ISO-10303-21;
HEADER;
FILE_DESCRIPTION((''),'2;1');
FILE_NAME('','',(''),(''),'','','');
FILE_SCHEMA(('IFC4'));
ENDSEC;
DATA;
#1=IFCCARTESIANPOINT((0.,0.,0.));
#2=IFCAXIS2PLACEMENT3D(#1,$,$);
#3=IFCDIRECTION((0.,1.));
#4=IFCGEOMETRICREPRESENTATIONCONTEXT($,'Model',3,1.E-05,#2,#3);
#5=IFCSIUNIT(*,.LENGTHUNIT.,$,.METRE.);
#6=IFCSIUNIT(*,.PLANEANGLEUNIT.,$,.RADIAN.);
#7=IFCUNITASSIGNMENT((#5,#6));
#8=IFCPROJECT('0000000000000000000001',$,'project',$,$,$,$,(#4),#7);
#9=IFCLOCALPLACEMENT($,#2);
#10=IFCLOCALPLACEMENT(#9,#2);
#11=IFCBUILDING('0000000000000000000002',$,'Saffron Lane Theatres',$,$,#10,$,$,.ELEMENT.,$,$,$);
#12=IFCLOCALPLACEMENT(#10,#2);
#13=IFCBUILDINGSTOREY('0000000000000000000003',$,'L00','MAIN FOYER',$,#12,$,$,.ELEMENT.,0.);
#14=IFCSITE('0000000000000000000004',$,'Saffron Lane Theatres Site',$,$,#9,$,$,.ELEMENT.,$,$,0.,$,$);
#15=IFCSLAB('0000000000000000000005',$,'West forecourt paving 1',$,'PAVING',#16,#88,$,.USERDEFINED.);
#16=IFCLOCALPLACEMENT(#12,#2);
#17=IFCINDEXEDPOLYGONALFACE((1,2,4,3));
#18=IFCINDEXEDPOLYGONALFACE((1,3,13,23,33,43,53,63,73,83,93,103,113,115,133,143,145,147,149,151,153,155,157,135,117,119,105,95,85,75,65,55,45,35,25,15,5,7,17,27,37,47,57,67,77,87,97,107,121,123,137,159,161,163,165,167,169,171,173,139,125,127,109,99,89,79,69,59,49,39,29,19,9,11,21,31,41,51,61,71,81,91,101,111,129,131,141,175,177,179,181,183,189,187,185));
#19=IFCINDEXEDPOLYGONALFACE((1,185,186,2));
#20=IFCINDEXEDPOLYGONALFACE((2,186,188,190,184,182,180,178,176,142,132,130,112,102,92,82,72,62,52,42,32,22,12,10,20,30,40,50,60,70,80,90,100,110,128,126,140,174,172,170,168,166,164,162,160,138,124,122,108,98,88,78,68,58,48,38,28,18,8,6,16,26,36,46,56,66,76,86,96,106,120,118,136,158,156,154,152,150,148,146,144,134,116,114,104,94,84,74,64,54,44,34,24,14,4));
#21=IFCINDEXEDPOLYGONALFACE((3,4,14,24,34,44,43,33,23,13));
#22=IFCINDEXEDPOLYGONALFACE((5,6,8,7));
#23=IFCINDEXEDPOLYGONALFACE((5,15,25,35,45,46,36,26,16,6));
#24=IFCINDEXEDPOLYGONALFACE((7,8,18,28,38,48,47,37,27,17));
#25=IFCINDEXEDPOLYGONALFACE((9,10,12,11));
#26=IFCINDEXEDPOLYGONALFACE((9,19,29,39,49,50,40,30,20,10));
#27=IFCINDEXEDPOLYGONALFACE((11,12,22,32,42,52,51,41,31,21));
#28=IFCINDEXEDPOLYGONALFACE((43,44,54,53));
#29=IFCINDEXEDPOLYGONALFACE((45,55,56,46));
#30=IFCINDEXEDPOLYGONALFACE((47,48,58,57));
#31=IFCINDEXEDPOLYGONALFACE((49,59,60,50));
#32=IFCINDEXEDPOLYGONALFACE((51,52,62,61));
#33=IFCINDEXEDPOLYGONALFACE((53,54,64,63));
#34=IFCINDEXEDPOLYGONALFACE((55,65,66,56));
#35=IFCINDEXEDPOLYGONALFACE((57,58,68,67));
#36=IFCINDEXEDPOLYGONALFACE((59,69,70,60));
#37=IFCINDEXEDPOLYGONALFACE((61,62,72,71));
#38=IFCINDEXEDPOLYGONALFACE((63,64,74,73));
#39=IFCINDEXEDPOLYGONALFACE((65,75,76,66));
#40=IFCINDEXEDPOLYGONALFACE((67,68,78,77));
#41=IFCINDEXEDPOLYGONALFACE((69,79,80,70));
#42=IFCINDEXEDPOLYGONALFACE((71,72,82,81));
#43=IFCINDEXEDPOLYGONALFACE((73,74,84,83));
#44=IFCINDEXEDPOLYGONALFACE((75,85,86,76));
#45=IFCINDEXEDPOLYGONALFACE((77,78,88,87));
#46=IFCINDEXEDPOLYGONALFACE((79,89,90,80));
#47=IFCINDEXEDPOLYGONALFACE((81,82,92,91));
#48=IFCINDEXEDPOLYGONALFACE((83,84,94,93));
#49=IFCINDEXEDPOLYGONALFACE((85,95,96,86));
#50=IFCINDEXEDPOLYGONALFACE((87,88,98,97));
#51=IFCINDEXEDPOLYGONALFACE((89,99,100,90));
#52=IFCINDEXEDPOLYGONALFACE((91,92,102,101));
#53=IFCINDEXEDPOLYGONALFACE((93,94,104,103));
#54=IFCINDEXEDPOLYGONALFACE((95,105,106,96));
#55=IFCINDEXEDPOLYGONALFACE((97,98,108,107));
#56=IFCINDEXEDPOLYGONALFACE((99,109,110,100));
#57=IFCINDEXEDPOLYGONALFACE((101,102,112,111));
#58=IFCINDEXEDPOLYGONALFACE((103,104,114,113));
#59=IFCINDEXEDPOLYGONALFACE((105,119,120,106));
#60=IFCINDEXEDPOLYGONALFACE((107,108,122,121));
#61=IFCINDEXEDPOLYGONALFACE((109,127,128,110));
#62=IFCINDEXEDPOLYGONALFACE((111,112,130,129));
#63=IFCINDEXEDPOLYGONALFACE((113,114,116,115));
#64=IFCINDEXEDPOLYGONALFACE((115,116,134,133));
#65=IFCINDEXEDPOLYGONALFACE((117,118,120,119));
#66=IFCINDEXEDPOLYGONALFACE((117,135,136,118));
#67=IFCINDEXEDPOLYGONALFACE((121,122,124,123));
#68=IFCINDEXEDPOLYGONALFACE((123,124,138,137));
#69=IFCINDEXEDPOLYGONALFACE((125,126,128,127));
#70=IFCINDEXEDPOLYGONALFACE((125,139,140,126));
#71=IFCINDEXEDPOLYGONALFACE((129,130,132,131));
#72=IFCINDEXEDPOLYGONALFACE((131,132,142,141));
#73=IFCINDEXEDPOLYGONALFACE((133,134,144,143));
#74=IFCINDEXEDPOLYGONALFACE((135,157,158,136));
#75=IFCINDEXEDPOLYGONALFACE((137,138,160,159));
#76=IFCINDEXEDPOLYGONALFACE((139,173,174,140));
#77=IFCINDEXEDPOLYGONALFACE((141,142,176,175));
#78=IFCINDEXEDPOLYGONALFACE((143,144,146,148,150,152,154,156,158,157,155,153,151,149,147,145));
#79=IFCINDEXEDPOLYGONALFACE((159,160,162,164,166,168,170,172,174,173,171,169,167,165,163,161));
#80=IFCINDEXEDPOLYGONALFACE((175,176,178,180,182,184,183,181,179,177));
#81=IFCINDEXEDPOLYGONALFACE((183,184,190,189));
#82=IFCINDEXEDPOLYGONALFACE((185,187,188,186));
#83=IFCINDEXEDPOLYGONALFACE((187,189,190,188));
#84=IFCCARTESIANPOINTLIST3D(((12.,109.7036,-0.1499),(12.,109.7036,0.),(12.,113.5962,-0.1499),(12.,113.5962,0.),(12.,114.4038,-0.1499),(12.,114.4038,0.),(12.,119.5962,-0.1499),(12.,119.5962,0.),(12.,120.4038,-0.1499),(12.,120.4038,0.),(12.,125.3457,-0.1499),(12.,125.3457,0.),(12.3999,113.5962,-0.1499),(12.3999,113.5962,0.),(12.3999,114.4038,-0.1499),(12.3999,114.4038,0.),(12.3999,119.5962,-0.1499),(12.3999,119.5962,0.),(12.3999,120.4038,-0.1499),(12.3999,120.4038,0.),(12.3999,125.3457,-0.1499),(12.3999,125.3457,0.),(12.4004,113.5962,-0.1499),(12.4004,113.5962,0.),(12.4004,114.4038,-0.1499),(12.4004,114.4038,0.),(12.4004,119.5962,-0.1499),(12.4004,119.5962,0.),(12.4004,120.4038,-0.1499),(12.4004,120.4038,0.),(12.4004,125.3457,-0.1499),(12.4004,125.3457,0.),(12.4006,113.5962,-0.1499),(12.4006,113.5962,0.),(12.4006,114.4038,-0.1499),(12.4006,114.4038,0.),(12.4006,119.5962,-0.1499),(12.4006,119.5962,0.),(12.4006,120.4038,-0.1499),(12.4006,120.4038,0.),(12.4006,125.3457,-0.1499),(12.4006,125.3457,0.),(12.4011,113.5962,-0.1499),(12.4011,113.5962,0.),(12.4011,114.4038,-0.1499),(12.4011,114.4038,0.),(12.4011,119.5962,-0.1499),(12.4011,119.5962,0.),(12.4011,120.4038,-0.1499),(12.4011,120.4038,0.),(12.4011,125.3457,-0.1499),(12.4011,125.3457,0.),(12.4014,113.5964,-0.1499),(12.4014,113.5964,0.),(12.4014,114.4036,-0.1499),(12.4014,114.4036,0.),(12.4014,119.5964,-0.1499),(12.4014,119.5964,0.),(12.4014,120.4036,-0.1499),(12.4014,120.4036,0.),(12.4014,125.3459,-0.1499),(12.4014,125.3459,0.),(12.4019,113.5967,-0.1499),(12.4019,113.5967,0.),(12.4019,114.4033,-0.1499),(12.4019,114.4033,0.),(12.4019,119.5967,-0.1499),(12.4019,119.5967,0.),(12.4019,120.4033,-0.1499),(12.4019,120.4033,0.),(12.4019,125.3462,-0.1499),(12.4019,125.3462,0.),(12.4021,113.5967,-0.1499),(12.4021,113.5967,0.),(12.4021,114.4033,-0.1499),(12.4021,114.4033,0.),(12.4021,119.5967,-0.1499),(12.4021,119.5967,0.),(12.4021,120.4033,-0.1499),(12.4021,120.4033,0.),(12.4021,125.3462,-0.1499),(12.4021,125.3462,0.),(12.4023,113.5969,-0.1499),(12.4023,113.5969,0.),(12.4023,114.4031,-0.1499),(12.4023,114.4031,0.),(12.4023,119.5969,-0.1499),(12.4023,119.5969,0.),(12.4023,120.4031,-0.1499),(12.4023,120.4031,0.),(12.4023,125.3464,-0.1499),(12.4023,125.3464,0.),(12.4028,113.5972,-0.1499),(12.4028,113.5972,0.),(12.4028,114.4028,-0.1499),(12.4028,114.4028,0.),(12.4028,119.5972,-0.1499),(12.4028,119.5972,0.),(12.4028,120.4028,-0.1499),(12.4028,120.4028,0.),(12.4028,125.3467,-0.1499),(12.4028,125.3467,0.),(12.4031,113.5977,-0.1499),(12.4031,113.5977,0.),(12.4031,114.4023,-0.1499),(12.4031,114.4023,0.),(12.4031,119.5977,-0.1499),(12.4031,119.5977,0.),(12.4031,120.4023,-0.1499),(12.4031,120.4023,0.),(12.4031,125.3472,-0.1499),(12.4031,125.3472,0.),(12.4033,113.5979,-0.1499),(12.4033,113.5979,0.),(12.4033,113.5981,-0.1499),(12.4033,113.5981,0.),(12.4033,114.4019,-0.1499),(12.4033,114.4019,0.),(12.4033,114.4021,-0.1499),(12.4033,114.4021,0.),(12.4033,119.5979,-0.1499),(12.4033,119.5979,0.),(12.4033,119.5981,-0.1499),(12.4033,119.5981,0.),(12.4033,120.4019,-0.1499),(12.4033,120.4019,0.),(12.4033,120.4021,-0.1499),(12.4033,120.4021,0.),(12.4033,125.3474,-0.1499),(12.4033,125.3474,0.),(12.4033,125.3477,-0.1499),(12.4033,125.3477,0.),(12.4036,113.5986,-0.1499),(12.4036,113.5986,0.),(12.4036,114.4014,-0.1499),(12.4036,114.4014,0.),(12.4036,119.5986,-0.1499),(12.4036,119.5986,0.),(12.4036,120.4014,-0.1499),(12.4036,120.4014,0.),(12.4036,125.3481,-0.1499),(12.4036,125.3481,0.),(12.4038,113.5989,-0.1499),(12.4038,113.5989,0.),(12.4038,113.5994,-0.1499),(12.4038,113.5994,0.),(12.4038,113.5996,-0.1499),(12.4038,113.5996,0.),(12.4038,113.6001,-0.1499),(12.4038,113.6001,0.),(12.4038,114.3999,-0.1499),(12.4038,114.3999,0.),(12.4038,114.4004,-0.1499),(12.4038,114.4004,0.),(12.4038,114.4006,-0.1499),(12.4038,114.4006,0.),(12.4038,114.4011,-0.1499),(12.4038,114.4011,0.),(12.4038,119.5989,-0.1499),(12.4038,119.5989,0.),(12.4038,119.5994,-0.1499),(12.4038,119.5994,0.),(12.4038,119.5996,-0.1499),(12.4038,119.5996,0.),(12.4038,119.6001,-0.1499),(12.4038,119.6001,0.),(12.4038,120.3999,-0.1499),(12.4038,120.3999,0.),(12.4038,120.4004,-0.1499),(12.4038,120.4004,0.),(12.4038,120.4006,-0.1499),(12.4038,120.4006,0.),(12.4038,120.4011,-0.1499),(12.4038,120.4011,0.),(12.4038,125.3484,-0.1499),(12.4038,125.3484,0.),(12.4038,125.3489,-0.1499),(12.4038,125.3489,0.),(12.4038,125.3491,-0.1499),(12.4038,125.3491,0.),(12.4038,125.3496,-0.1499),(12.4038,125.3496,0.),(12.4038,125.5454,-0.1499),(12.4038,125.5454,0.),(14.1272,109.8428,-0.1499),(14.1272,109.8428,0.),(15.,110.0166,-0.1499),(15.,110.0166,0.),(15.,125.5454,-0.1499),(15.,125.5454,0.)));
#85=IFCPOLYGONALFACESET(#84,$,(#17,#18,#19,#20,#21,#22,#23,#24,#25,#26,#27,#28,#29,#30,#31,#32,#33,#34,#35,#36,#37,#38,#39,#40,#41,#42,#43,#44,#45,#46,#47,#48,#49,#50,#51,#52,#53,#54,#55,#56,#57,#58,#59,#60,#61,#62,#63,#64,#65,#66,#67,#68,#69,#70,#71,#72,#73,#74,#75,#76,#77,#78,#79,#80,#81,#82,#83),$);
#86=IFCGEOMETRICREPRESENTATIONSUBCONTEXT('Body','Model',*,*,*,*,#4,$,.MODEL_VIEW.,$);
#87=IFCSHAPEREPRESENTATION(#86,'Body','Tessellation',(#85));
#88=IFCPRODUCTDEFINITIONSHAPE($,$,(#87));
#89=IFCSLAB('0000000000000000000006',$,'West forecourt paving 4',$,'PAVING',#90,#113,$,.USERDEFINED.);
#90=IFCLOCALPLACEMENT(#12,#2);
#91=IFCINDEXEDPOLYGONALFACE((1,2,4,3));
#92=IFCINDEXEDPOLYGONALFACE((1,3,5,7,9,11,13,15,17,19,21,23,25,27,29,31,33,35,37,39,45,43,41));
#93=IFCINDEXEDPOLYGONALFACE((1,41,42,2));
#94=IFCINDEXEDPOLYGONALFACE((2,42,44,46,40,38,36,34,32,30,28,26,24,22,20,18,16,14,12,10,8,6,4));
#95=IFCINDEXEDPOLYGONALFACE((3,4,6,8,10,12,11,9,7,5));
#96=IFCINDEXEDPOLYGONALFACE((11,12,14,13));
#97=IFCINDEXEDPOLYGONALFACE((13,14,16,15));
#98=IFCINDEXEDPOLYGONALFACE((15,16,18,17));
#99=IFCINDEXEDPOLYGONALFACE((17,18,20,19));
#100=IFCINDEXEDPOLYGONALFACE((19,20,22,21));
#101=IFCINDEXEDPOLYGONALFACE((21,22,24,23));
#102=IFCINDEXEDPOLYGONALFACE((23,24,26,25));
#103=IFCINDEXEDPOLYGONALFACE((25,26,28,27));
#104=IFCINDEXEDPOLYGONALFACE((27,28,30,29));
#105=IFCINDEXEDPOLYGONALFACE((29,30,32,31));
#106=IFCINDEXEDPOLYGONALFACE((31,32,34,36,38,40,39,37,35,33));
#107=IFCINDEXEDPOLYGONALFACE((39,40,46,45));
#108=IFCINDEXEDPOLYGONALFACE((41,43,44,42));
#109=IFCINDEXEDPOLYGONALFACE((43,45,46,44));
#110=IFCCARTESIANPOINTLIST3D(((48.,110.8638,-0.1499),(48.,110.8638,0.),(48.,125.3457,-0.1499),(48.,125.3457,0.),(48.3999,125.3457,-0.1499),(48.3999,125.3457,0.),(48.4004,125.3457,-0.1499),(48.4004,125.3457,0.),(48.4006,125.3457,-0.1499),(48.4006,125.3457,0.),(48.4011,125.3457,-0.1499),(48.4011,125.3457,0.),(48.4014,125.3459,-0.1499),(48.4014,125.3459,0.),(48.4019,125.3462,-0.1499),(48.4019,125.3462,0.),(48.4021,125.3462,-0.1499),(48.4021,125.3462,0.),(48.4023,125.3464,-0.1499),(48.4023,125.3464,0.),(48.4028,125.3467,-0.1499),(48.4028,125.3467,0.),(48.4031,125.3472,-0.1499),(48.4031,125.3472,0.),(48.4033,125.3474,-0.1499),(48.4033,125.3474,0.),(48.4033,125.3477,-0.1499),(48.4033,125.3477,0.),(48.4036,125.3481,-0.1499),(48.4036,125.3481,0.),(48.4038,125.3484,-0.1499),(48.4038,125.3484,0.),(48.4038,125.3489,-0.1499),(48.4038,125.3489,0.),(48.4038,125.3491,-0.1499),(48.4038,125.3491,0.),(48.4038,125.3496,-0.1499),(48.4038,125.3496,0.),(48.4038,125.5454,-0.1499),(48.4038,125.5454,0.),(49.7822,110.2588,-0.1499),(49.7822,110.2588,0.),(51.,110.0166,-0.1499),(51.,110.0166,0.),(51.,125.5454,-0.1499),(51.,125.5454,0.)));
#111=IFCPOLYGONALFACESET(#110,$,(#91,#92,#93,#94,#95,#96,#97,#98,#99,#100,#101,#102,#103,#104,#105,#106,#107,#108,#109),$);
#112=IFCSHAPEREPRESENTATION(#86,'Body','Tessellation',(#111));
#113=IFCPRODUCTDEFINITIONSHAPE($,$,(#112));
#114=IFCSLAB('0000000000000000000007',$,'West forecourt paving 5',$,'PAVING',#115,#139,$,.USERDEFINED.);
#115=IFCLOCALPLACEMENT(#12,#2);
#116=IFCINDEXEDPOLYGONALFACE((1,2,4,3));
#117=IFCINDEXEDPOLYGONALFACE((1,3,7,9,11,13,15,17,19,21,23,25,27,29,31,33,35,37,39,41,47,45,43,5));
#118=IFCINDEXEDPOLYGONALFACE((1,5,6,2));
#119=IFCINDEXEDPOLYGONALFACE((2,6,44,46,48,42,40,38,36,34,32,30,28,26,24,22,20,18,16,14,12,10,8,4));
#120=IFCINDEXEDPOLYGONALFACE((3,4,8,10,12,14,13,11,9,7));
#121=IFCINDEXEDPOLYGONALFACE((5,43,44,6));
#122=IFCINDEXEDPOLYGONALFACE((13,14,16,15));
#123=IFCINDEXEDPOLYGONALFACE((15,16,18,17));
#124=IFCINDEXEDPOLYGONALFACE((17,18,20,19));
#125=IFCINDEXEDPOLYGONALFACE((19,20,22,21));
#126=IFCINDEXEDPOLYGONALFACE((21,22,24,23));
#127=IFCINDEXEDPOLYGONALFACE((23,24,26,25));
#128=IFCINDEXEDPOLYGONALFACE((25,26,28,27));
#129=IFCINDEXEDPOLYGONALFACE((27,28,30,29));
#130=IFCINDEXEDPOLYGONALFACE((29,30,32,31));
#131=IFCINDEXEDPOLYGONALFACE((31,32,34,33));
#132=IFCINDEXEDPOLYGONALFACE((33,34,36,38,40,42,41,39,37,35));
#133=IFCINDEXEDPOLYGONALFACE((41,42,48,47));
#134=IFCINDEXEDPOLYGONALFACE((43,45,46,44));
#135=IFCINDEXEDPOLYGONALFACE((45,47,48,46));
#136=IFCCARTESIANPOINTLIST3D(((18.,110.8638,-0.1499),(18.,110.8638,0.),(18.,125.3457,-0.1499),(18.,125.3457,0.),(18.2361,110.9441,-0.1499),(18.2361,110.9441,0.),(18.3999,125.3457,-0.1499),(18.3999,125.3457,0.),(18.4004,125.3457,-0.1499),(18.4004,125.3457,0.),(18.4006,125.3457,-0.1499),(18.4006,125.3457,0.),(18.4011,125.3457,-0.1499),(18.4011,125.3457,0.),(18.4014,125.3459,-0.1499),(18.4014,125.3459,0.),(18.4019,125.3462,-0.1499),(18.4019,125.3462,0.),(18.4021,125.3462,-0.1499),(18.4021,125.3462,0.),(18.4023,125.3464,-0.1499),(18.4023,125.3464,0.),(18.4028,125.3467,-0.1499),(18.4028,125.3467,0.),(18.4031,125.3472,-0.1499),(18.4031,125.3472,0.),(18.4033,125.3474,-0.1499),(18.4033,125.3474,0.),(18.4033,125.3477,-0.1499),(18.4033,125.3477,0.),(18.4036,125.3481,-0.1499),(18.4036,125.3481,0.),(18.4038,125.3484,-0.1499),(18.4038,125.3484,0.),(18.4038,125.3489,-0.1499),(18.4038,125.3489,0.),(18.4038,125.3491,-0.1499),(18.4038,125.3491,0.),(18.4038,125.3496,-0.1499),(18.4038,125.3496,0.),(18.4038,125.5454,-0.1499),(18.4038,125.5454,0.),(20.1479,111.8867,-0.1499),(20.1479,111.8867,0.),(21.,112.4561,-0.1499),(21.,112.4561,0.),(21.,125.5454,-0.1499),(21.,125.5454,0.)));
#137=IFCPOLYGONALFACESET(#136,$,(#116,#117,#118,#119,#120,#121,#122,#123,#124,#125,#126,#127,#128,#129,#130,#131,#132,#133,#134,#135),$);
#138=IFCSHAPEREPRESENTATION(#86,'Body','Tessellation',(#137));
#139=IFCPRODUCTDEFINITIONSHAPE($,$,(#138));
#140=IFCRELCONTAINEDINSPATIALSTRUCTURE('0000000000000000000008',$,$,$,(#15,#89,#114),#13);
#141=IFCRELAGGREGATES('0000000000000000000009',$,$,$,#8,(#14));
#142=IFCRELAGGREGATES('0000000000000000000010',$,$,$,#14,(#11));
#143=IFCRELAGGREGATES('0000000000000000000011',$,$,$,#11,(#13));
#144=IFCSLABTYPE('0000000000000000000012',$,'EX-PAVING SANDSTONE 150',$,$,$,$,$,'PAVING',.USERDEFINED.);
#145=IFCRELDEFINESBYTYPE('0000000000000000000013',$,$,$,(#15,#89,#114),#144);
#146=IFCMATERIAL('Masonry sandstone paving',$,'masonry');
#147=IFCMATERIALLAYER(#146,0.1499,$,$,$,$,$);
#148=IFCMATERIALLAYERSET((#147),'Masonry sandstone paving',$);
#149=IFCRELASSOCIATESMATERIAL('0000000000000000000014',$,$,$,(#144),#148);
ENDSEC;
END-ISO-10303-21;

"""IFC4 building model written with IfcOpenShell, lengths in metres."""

from ifc_helpers import new_model, si_unit, direction, frame, origin, place, context, subcontext, project, spatial, polyline, outline, extrude, material, layer, layer_set, type_object, element, save


model = new_model("IFC4")

# Units and contexts
model_context = context("Model", 3, precision=1e-05, world=origin(), true_north=direction((0.0, 1.0)))
body_context = subcontext(model_context, "Body", "Model", "MODEL_VIEW")
ifc_project = project(units=[si_unit("LENGTHUNIT", "METRE"), si_unit("PLANEANGLEUNIT", "RADIAN")], contexts=[model_context])

# Site, building, storey
site_placement = place(None, origin())
site = spatial("IfcSite", under=ifc_project, at=site_placement, Name="Saffron Lane Theatres Site", CompositionType="ELEMENT", RefElevation=0.0)
building_placement = place(site_placement, origin())
building = spatial("IfcBuilding", under=site, at=building_placement, Name="Saffron Lane Theatres", CompositionType="ELEMENT")
storey_placement = place(building_placement, origin())
storey = spatial("IfcBuildingStorey", under=building, at=storey_placement, Name="L00", Description="MAIN FOYER", CompositionType="ELEMENT", Elevation=0.0)

# Slabs
ifc_material_1 = material(Name="Masonry sandstone paving", Category="masonry")
ifc_layer_1 = layer(ifc_material_1, 0.1499)
ifc_layer_set_1 = layer_set([ifc_layer_1], Name="Masonry sandstone paving")
slab_type_1 = type_object("IfcSlabType", Name="EX-PAVING SANDSTONE 150", ElementType="PAVING", PredefinedType="USERDEFINED", material=ifc_layer_set_1)
slab_1_placement = place(storey_placement, frame((0.0, 0.0, -0.1499)))
element("IfcSlab", 1, at=slab_1_placement, inside=storey, type_object=slab_type_1, Name="West forecourt paving 1", ObjectType="PAVING", PredefinedType="USERDEFINED", context=body_context, shape_type="SweptSolid", body=[
    extrude(outline(polyline([(12.4023, 125.3464), (12.4021, 125.3462), (12.4019, 125.3462), (12.4014, 125.3459), (12.4011, 125.3457), (12.4006, 125.3457), (12.4004, 125.3457), (12.3999, 125.3457), (12.0, 125.3457), (12.0, 120.4038), (12.3999, 120.4038), (12.4004, 120.4038), (12.4006, 120.4038), (12.4011, 120.4038), (12.4014, 120.4036), (12.4019, 120.4033), (12.4021, 120.4033), (12.4023, 120.4031), (12.4028, 120.4028), (12.4031, 120.4023), (12.4033, 120.4021), (12.4033, 120.4019), (12.4036, 120.4014), (12.4038, 120.4011), (12.4038, 120.4006), (12.4038, 120.4004), (12.4038, 120.3999), (12.4038, 119.6001), (12.4038, 119.5996), (12.4038, 119.5994), (12.4038, 119.5989), (12.4036, 119.5986), (12.4033, 119.5981), (12.4033, 119.5979), (12.4031, 119.5977), (12.4028, 119.5972), (12.4023, 119.5969), (12.4021, 119.5967), (12.4019, 119.5967), (12.4014, 119.5964), (12.4011, 119.5962), (12.4006, 119.5962), (12.4004, 119.5962), (12.3999, 119.5962), (12.0, 119.5962), (12.0, 114.4038), (12.3999, 114.4038), (12.4004, 114.4038), (12.4006, 114.4038), (12.4011, 114.4038), (12.4014, 114.4036), (12.4019, 114.4033), (12.4021, 114.4033), (12.4023, 114.4031), (12.4028, 114.4028), (12.4031, 114.4023), (12.4033, 114.4021), (12.4033, 114.4019), (12.4036, 114.4014), (12.4038, 114.4011), (12.4038, 114.4006), (12.4038, 114.4004), (12.4038, 114.3999), (12.4038, 113.6001), (12.4038, 113.5996), (12.4038, 113.5994), (12.4038, 113.5989), (12.4036, 113.5986), (12.4033, 113.5981), (12.4033, 113.5979), (12.4031, 113.5977), (12.4028, 113.5972), (12.4023, 113.5969), (12.4021, 113.5967), (12.4019, 113.5967), (12.4014, 113.5964), (12.4011, 113.5962), (12.4006, 113.5962), (12.4004, 113.5962), (12.3999, 113.5962), (12.0, 113.5962), (12.0, 109.7036), (14.1272, 109.8428), (15.0, 110.0166), (15.0, 125.5454), (12.4038, 125.5454), (12.4038, 125.3496), (12.4038, 125.3491), (12.4038, 125.3489), (12.4038, 125.3484), (12.4036, 125.3481), (12.4033, 125.3477), (12.4033, 125.3474), (12.4031, 125.3472), (12.4028, 125.3467), (12.4023, 125.3464)])), origin(), (0.0, 0.0, 1.0), 0.1499),
])
slab_2_placement = place(storey_placement, frame((0.0, 0.0, -0.1499)))
element("IfcSlab", 2, at=slab_2_placement, inside=storey, type_object=slab_type_1, Name="West forecourt paving 4", ObjectType="PAVING", PredefinedType="USERDEFINED", context=body_context, shape_type="SweptSolid", body=[
    extrude(outline(polyline([(49.7822, 110.2588), (51.0, 110.0166), (51.0, 125.5454), (48.4038, 125.5454), (48.4038, 125.3496), (48.4038, 125.3491), (48.4038, 125.3489), (48.4038, 125.3484), (48.4036, 125.3481), (48.4033, 125.3477), (48.4033, 125.3474), (48.4031, 125.3472), (48.4028, 125.3467), (48.4023, 125.3464), (48.4021, 125.3462), (48.4019, 125.3462), (48.4014, 125.3459), (48.4011, 125.3457), (48.4006, 125.3457), (48.4004, 125.3457), (48.3999, 125.3457), (48.0, 125.3457), (48.0, 110.8638), (49.7822, 110.2588)])), origin(), (0.0, 0.0, 1.0), 0.1499),
])
slab_3_placement = place(storey_placement, frame((0.0, 0.0, -0.1499)))
element("IfcSlab", 3, at=slab_3_placement, inside=storey, type_object=slab_type_1, Name="West forecourt paving 5", ObjectType="PAVING", PredefinedType="USERDEFINED", context=body_context, shape_type="SweptSolid", body=[
    extrude(outline(polyline([(18.3999, 125.3457), (18.0, 125.3457), (18.0, 110.8638), (18.2361, 110.9441), (20.1479, 111.8867), (21.0, 112.4561), (21.0, 125.5454), (18.4038, 125.5454), (18.4038, 125.3496), (18.4038, 125.3491), (18.4038, 125.3489), (18.4038, 125.3484), (18.4036, 125.3481), (18.4033, 125.3477), (18.4033, 125.3474), (18.4031, 125.3472), (18.4028, 125.3467), (18.4023, 125.3464), (18.4021, 125.3462), (18.4019, 125.3462), (18.4014, 125.3459), (18.4011, 125.3457), (18.4006, 125.3457), (18.4004, 125.3457), (18.3999, 125.3457)])), origin(), (0.0, 0.0, 1.0), 0.1499),
])

save(model, "model.ifc")
